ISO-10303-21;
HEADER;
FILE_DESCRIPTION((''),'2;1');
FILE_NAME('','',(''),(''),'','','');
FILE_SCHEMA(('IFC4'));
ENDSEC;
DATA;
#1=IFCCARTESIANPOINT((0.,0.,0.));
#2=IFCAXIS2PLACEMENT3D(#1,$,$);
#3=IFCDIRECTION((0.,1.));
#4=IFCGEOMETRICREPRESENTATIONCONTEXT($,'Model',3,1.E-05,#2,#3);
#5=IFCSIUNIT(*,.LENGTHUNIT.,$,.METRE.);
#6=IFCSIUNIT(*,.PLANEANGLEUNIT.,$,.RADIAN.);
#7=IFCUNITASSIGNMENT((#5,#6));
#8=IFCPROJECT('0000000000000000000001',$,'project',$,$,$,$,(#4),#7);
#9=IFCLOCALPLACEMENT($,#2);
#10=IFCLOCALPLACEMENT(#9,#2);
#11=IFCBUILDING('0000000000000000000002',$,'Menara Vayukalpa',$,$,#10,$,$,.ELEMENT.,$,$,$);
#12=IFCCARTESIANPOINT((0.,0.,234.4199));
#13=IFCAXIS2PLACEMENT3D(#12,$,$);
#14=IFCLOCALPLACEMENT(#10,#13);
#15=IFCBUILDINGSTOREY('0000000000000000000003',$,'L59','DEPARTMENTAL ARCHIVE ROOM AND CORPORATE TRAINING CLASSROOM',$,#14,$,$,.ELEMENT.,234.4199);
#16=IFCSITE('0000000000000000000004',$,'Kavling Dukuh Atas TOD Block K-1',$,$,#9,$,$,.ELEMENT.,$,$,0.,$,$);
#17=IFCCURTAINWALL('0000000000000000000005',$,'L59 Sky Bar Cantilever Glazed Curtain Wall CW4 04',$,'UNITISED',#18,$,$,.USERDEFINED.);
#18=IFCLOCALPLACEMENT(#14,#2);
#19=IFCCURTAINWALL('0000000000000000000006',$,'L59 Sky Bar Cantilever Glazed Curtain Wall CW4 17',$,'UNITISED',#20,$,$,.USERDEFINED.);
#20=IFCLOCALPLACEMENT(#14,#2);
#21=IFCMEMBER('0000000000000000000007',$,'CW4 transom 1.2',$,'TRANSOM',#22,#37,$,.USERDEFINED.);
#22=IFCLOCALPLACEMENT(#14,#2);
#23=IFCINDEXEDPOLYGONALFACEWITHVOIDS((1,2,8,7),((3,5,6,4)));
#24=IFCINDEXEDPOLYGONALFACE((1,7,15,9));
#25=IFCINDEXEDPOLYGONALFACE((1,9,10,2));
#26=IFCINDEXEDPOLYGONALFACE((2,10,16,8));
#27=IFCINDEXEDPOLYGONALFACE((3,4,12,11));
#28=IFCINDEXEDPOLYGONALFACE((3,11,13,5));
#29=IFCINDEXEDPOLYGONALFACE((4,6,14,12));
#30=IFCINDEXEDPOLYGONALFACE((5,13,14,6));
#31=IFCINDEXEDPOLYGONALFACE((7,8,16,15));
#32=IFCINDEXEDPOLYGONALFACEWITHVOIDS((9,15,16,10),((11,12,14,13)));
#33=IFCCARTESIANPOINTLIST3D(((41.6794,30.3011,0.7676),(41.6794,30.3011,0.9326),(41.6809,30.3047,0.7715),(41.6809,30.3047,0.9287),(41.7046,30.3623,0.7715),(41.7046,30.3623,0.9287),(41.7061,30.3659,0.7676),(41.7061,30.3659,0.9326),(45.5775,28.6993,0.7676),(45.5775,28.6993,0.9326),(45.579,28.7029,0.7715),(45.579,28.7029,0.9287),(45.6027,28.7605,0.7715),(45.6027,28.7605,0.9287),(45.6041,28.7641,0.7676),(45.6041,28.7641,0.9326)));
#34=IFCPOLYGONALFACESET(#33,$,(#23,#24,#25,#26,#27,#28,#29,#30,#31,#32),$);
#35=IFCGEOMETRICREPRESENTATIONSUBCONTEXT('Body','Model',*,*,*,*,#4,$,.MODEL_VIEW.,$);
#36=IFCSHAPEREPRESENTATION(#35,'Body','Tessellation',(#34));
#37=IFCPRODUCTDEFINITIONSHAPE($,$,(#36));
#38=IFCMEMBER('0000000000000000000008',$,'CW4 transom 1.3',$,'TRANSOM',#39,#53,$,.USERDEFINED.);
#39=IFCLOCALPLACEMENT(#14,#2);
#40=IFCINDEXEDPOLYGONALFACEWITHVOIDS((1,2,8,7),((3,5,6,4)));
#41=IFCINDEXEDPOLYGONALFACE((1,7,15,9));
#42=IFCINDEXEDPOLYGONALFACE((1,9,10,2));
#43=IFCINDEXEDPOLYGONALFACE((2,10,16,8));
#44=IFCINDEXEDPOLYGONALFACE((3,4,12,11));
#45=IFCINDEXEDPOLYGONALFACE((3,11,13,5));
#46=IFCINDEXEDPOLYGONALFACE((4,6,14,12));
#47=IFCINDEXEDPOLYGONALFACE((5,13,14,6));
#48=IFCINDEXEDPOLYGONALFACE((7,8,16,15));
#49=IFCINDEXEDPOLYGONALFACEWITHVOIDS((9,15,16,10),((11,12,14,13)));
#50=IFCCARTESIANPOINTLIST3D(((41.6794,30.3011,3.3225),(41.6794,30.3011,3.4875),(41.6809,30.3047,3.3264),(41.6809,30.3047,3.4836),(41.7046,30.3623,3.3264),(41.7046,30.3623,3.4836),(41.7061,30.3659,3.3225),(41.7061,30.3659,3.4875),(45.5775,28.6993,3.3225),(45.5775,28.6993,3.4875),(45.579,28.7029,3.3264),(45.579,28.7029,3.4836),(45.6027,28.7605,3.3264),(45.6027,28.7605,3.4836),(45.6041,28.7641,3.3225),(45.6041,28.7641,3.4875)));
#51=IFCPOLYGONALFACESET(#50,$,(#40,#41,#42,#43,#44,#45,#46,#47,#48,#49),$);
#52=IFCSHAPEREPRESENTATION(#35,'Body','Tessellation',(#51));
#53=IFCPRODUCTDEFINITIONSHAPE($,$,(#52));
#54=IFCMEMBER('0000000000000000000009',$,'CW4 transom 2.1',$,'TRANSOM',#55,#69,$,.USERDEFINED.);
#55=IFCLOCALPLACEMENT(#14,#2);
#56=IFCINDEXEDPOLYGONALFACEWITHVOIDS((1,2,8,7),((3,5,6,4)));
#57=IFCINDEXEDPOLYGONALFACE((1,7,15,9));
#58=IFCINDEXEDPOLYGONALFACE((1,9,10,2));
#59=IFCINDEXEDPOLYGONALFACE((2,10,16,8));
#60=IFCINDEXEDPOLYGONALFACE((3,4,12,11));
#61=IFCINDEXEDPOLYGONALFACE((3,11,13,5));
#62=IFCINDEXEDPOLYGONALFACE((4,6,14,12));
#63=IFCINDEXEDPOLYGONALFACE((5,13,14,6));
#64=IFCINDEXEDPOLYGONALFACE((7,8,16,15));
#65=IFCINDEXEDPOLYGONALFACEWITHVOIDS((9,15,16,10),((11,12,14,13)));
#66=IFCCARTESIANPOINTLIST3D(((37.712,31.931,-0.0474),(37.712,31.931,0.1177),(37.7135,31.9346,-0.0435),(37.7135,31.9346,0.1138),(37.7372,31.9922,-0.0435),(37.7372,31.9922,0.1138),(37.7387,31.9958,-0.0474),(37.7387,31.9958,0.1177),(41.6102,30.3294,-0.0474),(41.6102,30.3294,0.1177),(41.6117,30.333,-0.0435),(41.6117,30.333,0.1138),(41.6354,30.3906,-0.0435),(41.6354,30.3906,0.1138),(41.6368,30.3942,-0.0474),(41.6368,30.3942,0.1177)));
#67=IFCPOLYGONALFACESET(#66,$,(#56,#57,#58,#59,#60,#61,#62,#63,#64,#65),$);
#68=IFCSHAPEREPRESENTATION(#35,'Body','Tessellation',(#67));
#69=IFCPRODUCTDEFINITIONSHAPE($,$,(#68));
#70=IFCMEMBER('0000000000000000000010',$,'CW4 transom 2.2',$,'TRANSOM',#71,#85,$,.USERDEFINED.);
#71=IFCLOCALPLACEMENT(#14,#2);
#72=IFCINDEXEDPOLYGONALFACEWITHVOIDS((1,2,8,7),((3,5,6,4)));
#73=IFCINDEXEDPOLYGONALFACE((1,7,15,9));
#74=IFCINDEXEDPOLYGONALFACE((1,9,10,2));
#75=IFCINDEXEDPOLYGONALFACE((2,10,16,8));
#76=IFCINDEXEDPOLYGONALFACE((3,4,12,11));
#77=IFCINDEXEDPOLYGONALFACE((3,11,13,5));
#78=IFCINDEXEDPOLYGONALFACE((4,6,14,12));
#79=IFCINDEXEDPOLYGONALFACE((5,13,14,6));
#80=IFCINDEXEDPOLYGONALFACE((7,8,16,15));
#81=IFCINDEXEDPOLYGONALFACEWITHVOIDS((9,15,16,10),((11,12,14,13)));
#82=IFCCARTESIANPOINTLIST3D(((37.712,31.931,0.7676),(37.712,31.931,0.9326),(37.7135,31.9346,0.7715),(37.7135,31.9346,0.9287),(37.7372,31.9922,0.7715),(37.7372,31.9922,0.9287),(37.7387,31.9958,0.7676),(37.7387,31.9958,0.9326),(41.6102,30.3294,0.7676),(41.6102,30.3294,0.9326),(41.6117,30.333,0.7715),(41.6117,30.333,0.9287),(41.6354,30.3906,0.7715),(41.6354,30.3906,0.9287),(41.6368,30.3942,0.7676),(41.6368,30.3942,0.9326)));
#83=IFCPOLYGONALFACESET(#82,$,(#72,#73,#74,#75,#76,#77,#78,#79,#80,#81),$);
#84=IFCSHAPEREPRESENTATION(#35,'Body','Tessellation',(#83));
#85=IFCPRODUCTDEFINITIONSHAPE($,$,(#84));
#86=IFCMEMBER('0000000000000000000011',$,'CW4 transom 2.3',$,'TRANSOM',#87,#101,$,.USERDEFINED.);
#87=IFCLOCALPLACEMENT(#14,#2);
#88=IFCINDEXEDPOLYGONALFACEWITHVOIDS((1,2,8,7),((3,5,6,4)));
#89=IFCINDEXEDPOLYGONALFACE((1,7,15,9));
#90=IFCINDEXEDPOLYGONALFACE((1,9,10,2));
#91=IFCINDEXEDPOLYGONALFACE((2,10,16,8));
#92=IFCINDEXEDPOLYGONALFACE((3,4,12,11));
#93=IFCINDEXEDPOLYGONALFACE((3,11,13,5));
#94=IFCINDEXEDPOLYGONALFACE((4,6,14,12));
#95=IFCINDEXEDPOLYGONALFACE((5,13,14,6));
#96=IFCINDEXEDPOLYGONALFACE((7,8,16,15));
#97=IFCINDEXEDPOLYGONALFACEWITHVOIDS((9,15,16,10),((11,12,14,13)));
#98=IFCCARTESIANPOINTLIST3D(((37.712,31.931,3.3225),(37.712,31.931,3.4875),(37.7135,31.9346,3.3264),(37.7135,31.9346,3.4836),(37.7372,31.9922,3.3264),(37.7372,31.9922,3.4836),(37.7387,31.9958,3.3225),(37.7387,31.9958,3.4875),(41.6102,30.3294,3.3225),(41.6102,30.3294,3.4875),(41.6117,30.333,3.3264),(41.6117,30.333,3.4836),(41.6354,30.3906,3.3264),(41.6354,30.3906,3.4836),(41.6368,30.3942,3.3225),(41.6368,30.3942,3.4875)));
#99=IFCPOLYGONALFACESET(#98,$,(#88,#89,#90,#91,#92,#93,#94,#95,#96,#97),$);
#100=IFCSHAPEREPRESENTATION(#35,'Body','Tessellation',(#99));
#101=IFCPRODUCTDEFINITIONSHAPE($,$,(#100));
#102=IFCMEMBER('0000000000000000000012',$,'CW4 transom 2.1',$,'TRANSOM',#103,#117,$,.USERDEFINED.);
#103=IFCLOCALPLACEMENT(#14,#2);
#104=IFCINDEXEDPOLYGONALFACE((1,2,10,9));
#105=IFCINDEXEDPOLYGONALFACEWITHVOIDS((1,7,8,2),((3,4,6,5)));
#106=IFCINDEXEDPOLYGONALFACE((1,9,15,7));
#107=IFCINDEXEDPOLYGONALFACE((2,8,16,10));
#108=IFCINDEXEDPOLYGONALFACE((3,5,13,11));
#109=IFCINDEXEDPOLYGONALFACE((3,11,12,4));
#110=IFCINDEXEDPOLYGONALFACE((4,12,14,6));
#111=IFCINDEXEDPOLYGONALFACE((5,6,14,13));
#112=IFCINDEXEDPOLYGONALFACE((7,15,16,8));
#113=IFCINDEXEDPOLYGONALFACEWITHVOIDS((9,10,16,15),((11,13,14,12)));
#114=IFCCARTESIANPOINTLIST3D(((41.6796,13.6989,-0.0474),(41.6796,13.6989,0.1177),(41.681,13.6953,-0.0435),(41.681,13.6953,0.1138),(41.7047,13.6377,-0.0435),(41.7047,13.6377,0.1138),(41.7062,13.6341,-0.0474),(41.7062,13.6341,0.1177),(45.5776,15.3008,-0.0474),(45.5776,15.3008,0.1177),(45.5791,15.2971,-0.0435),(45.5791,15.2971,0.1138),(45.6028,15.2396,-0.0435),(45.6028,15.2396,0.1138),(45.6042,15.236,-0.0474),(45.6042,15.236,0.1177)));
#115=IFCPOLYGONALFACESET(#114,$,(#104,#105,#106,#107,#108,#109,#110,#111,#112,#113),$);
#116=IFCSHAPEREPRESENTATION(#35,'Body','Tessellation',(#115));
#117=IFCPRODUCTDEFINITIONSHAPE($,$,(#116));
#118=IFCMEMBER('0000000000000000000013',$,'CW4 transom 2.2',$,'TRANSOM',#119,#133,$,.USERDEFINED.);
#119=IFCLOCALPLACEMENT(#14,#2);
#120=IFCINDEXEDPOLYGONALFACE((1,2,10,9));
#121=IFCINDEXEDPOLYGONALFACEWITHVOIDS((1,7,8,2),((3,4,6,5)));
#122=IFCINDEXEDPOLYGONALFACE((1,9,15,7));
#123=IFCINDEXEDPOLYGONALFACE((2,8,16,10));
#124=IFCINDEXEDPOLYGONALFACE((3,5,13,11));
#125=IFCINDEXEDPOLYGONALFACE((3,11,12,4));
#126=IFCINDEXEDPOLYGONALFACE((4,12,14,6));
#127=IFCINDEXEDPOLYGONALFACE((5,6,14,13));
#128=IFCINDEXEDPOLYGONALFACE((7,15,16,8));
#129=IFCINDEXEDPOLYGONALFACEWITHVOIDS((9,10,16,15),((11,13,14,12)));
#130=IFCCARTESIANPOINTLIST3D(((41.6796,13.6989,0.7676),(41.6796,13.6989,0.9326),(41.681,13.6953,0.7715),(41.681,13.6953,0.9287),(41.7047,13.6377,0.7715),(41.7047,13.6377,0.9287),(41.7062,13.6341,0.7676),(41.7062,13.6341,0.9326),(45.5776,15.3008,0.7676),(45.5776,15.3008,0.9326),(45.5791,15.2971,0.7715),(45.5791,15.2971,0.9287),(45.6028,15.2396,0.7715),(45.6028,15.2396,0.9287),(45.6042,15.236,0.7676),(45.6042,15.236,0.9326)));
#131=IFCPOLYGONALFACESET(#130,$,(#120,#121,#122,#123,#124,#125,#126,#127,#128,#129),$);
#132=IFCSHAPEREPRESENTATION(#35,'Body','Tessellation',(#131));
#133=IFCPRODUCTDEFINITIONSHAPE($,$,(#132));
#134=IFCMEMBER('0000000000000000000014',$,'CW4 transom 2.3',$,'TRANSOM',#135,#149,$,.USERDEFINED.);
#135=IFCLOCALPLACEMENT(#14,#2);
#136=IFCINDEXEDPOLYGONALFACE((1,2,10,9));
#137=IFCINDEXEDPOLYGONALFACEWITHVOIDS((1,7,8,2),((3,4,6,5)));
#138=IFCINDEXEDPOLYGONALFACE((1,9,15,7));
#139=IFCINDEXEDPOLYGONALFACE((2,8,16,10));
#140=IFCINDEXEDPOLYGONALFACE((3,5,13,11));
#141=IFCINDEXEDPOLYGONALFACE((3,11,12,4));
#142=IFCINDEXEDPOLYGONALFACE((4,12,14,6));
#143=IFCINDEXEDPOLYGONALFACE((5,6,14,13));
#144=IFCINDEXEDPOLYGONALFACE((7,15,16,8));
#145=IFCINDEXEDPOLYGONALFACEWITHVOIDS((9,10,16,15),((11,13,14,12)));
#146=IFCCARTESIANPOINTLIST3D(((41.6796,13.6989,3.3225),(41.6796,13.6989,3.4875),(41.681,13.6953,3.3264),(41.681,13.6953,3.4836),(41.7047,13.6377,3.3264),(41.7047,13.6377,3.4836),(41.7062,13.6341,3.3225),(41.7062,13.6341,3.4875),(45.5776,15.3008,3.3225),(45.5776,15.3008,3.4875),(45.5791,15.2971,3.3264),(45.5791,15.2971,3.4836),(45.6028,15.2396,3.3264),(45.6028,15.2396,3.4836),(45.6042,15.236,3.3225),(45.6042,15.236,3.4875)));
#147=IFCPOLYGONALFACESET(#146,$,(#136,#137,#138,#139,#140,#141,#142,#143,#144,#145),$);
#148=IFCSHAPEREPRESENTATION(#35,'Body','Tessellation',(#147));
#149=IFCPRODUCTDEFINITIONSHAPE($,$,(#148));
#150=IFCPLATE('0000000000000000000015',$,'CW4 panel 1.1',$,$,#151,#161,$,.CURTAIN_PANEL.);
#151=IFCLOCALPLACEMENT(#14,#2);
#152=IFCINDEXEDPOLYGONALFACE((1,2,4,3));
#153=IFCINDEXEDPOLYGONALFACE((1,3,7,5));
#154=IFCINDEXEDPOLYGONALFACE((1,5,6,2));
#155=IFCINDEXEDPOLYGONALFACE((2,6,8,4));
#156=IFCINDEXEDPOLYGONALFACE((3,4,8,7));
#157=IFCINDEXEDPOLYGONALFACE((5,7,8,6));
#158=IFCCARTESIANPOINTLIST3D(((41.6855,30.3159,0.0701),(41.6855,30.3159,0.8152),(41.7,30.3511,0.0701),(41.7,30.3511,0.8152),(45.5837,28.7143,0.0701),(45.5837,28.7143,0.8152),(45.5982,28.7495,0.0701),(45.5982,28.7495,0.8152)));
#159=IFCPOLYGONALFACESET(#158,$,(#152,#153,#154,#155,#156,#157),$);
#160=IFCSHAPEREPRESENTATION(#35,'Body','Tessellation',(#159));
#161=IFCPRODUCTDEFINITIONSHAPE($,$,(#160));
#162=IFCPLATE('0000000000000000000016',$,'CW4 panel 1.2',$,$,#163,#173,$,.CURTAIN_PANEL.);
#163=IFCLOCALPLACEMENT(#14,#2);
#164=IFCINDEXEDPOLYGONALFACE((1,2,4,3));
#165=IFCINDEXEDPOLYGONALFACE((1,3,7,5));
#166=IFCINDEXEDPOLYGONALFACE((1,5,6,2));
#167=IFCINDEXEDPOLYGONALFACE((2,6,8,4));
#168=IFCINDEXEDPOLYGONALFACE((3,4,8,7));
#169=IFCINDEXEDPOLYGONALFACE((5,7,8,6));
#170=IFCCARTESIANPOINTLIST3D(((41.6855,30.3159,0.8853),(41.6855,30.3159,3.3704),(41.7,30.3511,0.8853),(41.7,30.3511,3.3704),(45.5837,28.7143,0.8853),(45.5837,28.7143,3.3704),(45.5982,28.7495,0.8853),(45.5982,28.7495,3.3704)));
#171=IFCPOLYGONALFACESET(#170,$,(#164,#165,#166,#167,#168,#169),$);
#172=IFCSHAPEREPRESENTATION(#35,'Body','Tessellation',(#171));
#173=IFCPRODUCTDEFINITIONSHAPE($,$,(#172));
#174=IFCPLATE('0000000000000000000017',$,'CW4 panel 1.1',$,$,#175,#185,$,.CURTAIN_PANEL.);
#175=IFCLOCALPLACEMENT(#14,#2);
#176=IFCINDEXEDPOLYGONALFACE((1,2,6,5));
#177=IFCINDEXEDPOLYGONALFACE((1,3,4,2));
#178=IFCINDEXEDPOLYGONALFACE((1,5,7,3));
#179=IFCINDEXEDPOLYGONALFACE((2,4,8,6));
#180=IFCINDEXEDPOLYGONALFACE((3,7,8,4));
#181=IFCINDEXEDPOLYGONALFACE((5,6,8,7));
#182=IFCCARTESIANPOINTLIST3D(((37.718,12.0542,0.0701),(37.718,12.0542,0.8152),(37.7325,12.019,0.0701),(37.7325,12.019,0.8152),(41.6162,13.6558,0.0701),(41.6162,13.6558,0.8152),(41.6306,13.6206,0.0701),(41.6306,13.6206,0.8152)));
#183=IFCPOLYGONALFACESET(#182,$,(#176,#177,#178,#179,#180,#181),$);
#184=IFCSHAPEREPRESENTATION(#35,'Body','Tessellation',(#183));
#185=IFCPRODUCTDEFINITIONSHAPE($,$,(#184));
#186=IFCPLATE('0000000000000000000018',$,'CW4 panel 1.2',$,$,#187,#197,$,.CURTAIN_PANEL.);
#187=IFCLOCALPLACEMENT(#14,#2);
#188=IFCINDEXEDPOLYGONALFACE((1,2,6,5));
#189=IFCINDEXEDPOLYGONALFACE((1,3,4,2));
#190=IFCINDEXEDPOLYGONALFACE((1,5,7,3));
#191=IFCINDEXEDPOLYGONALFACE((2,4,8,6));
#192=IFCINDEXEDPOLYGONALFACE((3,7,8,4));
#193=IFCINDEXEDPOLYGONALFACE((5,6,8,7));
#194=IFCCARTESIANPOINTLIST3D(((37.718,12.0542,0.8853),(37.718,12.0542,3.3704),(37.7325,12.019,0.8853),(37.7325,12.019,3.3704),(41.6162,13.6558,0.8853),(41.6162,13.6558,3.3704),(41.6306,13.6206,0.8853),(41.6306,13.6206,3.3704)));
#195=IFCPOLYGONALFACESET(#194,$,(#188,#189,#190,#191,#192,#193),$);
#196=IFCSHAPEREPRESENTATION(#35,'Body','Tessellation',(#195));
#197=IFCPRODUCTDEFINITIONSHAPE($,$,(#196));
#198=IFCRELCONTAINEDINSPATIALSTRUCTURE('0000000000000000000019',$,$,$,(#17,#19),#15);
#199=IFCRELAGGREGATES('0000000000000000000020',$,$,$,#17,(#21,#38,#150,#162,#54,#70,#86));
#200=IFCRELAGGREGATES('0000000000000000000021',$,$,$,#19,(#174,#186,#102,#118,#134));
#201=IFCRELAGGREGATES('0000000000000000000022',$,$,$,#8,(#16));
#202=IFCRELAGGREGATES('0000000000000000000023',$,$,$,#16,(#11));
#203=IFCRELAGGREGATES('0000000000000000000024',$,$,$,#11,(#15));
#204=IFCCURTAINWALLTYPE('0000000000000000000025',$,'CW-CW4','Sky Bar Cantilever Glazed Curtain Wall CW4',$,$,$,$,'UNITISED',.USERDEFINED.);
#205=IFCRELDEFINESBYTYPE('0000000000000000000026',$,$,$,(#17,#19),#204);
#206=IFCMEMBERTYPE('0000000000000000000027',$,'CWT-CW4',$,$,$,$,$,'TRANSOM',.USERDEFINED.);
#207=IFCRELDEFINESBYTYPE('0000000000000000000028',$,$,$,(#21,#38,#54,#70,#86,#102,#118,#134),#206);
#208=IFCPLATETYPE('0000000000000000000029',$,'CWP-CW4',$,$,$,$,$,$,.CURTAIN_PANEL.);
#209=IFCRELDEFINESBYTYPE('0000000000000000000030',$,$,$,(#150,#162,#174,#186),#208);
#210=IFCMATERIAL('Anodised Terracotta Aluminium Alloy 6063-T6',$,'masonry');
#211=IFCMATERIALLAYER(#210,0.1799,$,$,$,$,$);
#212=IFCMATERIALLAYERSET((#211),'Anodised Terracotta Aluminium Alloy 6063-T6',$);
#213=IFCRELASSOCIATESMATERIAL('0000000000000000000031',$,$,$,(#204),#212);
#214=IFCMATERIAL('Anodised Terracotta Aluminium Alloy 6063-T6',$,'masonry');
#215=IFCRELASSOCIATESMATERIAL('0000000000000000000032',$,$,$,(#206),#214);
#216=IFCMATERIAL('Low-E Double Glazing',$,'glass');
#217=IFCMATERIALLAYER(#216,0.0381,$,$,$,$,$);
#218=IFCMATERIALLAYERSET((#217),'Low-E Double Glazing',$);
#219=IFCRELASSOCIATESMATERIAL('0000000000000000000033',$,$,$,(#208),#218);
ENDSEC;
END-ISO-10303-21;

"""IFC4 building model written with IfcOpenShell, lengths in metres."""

from ifc_helpers import new_model, si_unit, direction, frame, origin, origin_2d, place, context, subcontext, project, spatial, rectangle, hollow_rectangle, extrude, material, layer, layer_set, material_profile, profile_set, type_object, element, aggregate, save


model = new_model("IFC4")

# Units and contexts
model_context = context("Model", 3, precision=1e-05, world=origin(), true_north=direction((0.0, 1.0)))
body_context = subcontext(model_context, "Body", "Model", "MODEL_VIEW")
ifc_project = project(units=[si_unit("LENGTHUNIT", "METRE"), si_unit("PLANEANGLEUNIT", "RADIAN")], contexts=[model_context])

# Site, building, storey
site_placement = place(None, origin())
site = spatial("IfcSite", under=ifc_project, at=site_placement, Name="Kavling Dukuh Atas TOD Block K-1", CompositionType="ELEMENT", RefElevation=0.0)
building_placement = place(site_placement, origin())
building = spatial("IfcBuilding", under=site, at=building_placement, Name="Menara Vayukalpa", CompositionType="ELEMENT")
storey_placement = place(building_placement, frame((0.0, 0.0, 234.4199)))
storey = spatial("IfcBuildingStorey", under=building, at=storey_placement, Name="L59", Description="DEPARTMENTAL ARCHIVE ROOM AND CORPORATE TRAINING CLASSROOM", CompositionType="ELEMENT", Elevation=234.4199)

# Curtain walls
ifc_material_1 = material(Name="Anodised Terracotta Aluminium Alloy 6063-T6", Category="masonry")
ifc_layer_1 = layer(ifc_material_1, 0.1799)
ifc_layer_set_1 = layer_set([ifc_layer_1], Name="Anodised Terracotta Aluminium Alloy 6063-T6")
curtain_wall_type = type_object("IfcCurtainWallType", Name="CW-CW4", Description="Sky Bar Cantilever Glazed Curtain Wall CW4", ElementType="UNITISED", PredefinedType="USERDEFINED", material=ifc_layer_set_1)
curtain_wall_1_placement = place(storey_placement, origin())
curtain_wall_1 = element("IfcCurtainWall", 1, at=curtain_wall_1_placement, inside=storey, type_object=curtain_wall_type, Name="L59 Sky Bar Cantilever Glazed Curtain Wall CW4 04", ObjectType="UNITISED", PredefinedType="USERDEFINED")
curtain_wall_2_placement = place(storey_placement, origin())
curtain_wall_2 = element("IfcCurtainWall", 2, at=curtain_wall_2_placement, inside=storey, type_object=curtain_wall_type, Name="L59 Sky Bar Cantilever Glazed Curtain Wall CW4 17", ObjectType="UNITISED", PredefinedType="USERDEFINED")

# Members
ifc_material_2 = material(Name="Anodised Terracotta Aluminium Alloy 6063-T6", Category="masonry")
ifc_material_profile_1 = material_profile(ifc_material_2, hollow_rectangle(XDim=0.0701, YDim=0.165, WallThickness=0.0039, at=origin_2d()), Name="ALU 70x165x4")
ifc_profile_set_1 = profile_set([ifc_material_profile_1], Name="Anodised Terracotta Aluminium Alloy 6063-T6")
member_type_1 = type_object("IfcMemberType", Name="CWT-CW4", ElementType="TRANSOM", PredefinedType="USERDEFINED", material=ifc_profile_set_1)
member_1_placement = place(storey_placement, frame((45.5908, 28.7317, 0.8501), z_axis=(-0.924948, 0.380094, 0.0), x_axis=(-0.380094, -0.924948, 0.0)))
member_1 = element("IfcMember", 3, at=member_1_placement, type_object=member_type_1, Name="CW4 transom 1.2", ObjectType="TRANSOM", PredefinedType="USERDEFINED", context=body_context, shape_type="SweptSolid", body=[
    extrude(hollow_rectangle(XDim=0.0701, YDim=0.165, WallThickness=0.0039, at=origin_2d()), origin(), (0.0, 0.0, 1.0), 4.2144),
])
member_2_placement = place(storey_placement, frame((45.5908, 28.7317, 3.405), z_axis=(-0.924948, 0.380094, 0.0), x_axis=(-0.380094, -0.924948, 0.0)))
member_2 = element("IfcMember", 4, at=member_2_placement, type_object=member_type_1, Name="CW4 transom 1.3", ObjectType="TRANSOM", PredefinedType="USERDEFINED", context=body_context, shape_type="SweptSolid", body=[
    extrude(hollow_rectangle(XDim=0.0701, YDim=0.165, WallThickness=0.0039, at=origin_2d()), origin(), (0.0, 0.0, 1.0), 4.2144),
])
member_3_placement = place(storey_placement, frame((41.6235, 30.3618, 0.0352), z_axis=(-0.924977, 0.380024, 0.0), x_axis=(-0.380024, -0.924977, 0.0)))
member_3 = element("IfcMember", 5, at=member_3_placement, type_object=member_type_1, Name="CW4 transom 2.1", ObjectType="TRANSOM", PredefinedType="USERDEFINED", context=body_context, shape_type="SweptSolid", body=[
    extrude(hollow_rectangle(XDim=0.0701, YDim=0.165, WallThickness=0.0039, at=origin_2d()), origin(), (0.0, 0.0, 1.0), 4.2144),
])
member_4_placement = place(storey_placement, frame((41.6235, 30.3618, 0.8501), z_axis=(-0.924977, 0.380024, 0.0), x_axis=(-0.380024, -0.924977, 0.0)))
member_4 = element("IfcMember", 6, at=member_4_placement, type_object=member_type_1, Name="CW4 transom 2.2", ObjectType="TRANSOM", PredefinedType="USERDEFINED", context=body_context, shape_type="SweptSolid", body=[
    extrude(hollow_rectangle(XDim=0.0701, YDim=0.165, WallThickness=0.0039, at=origin_2d()), origin(), (0.0, 0.0, 1.0), 4.2144),
])
member_5_placement = place(storey_placement, frame((41.6235, 30.3618, 3.405), z_axis=(-0.924977, 0.380024, 0.0), x_axis=(-0.380024, -0.924977, 0.0)))
member_5 = element("IfcMember", 7, at=member_5_placement, type_object=member_type_1, Name="CW4 transom 2.3", ObjectType="TRANSOM", PredefinedType="USERDEFINED", context=body_context, shape_type="SweptSolid", body=[
    extrude(hollow_rectangle(XDim=0.0701, YDim=0.165, WallThickness=0.0039, at=origin_2d()), origin(), (0.0, 0.0, 1.0), 4.2144),
])
member_6_placement = place(storey_placement, frame((41.6929, 13.6665, 0.0352), z_axis=(0.924948, 0.380094, 0.0), x_axis=(-0.380094, 0.924948, 0.0)))
member_6 = element("IfcMember", 8, at=member_6_placement, type_object=member_type_1, Name="CW4 transom 2.1", ObjectType="TRANSOM", PredefinedType="USERDEFINED", context=body_context, shape_type="SweptSolid", body=[
    extrude(hollow_rectangle(XDim=0.0701, YDim=0.165, WallThickness=0.0039, at=origin_2d()), origin(), (0.0, 0.0, 1.0), 4.2144),
])
member_7_placement = place(storey_placement, frame((41.6929, 13.6665, 0.8501), z_axis=(0.924948, 0.380094, 0.0), x_axis=(-0.380094, 0.924948, 0.0)))
member_7 = element("IfcMember", 9, at=member_7_placement, type_object=member_type_1, Name="CW4 transom 2.2", ObjectType="TRANSOM", PredefinedType="USERDEFINED", context=body_context, shape_type="SweptSolid", body=[
    extrude(hollow_rectangle(XDim=0.0701, YDim=0.165, WallThickness=0.0039, at=origin_2d()), origin(), (0.0, 0.0, 1.0), 4.2144),
])
member_8_placement = place(storey_placement, frame((41.6929, 13.6665, 3.405), z_axis=(0.924948, 0.380094, 0.0), x_axis=(-0.380094, 0.924948, 0.0)))
member_8 = element("IfcMember", 10, at=member_8_placement, type_object=member_type_1, Name="CW4 transom 2.3", ObjectType="TRANSOM", PredefinedType="USERDEFINED", context=body_context, shape_type="SweptSolid", body=[
    extrude(hollow_rectangle(XDim=0.0701, YDim=0.165, WallThickness=0.0039, at=origin_2d()), origin(), (0.0, 0.0, 1.0), 4.2144),
])

# Plates
ifc_material_3 = material(Name="Low-E Double Glazing", Category="glass")
ifc_layer_2 = layer(ifc_material_3, 0.0381)
ifc_layer_set_2 = layer_set([ifc_layer_2], Name="Low-E Double Glazing")
plate_type_1 = type_object("IfcPlateType", Name="CWP-CW4", PredefinedType="CURTAIN_PANEL", material=ifc_layer_set_2)
plate_1_placement = place(storey_placement, frame((43.6418, 29.5327, 0.0701), z_axis=(0.0, 0.0, 1.0), x_axis=(-0.92497, 0.380039, 0.0)))
plate_1 = element("IfcPlate", 11, at=plate_1_placement, type_object=plate_type_1, Name="CW4 panel 1.1", PredefinedType="CURTAIN_PANEL", context=body_context, shape_type="SweptSolid", body=[
    extrude(rectangle(XDim=4.2144, YDim=0.0381, at=origin_2d()), origin(), (0.0, 0.0, 1.0), 0.7451),
])
plate_2_placement = place(storey_placement, frame((43.6418, 29.5327, 0.8853), z_axis=(0.0, 0.0, 1.0), x_axis=(-0.92497, 0.380039, 0.0)))
plate_2 = element("IfcPlate", 12, at=plate_2_placement, type_object=plate_type_1, Name="CW4 panel 1.2", PredefinedType="CURTAIN_PANEL", context=body_context, shape_type="SweptSolid", body=[
    extrude(rectangle(XDim=4.2144, YDim=0.0381, at=origin_2d()), origin(), (0.0, 0.0, 1.0), 2.4851),
])
aggregate(curtain_wall_1, [member_1, member_2, plate_1, plate_2, member_3, member_4, member_5])
plate_3_placement = place(storey_placement, frame((39.6743, 12.8374, 0.0701), z_axis=(0.0, 0.0, 1.0), x_axis=(0.92497, 0.380039, 0.0)))
plate_3 = element("IfcPlate", 13, at=plate_3_placement, type_object=plate_type_1, Name="CW4 panel 1.1", PredefinedType="CURTAIN_PANEL", context=body_context, shape_type="SweptSolid", body=[
    extrude(rectangle(XDim=4.2144, YDim=0.0381, at=origin_2d()), origin(), (0.0, 0.0, 1.0), 0.7451),
])
plate_4_placement = place(storey_placement, frame((39.6743, 12.8374, 0.8853), z_axis=(0.0, 0.0, 1.0), x_axis=(0.92497, 0.380039, 0.0)))
plate_4 = element("IfcPlate", 14, at=plate_4_placement, type_object=plate_type_1, Name="CW4 panel 1.2", PredefinedType="CURTAIN_PANEL", context=body_context, shape_type="SweptSolid", body=[
    extrude(rectangle(XDim=4.2144, YDim=0.0381, at=origin_2d()), origin(), (0.0, 0.0, 1.0), 2.4851),
])
aggregate(curtain_wall_2, [plate_3, plate_4, member_6, member_7, member_8])

save(model, "model.ifc")
